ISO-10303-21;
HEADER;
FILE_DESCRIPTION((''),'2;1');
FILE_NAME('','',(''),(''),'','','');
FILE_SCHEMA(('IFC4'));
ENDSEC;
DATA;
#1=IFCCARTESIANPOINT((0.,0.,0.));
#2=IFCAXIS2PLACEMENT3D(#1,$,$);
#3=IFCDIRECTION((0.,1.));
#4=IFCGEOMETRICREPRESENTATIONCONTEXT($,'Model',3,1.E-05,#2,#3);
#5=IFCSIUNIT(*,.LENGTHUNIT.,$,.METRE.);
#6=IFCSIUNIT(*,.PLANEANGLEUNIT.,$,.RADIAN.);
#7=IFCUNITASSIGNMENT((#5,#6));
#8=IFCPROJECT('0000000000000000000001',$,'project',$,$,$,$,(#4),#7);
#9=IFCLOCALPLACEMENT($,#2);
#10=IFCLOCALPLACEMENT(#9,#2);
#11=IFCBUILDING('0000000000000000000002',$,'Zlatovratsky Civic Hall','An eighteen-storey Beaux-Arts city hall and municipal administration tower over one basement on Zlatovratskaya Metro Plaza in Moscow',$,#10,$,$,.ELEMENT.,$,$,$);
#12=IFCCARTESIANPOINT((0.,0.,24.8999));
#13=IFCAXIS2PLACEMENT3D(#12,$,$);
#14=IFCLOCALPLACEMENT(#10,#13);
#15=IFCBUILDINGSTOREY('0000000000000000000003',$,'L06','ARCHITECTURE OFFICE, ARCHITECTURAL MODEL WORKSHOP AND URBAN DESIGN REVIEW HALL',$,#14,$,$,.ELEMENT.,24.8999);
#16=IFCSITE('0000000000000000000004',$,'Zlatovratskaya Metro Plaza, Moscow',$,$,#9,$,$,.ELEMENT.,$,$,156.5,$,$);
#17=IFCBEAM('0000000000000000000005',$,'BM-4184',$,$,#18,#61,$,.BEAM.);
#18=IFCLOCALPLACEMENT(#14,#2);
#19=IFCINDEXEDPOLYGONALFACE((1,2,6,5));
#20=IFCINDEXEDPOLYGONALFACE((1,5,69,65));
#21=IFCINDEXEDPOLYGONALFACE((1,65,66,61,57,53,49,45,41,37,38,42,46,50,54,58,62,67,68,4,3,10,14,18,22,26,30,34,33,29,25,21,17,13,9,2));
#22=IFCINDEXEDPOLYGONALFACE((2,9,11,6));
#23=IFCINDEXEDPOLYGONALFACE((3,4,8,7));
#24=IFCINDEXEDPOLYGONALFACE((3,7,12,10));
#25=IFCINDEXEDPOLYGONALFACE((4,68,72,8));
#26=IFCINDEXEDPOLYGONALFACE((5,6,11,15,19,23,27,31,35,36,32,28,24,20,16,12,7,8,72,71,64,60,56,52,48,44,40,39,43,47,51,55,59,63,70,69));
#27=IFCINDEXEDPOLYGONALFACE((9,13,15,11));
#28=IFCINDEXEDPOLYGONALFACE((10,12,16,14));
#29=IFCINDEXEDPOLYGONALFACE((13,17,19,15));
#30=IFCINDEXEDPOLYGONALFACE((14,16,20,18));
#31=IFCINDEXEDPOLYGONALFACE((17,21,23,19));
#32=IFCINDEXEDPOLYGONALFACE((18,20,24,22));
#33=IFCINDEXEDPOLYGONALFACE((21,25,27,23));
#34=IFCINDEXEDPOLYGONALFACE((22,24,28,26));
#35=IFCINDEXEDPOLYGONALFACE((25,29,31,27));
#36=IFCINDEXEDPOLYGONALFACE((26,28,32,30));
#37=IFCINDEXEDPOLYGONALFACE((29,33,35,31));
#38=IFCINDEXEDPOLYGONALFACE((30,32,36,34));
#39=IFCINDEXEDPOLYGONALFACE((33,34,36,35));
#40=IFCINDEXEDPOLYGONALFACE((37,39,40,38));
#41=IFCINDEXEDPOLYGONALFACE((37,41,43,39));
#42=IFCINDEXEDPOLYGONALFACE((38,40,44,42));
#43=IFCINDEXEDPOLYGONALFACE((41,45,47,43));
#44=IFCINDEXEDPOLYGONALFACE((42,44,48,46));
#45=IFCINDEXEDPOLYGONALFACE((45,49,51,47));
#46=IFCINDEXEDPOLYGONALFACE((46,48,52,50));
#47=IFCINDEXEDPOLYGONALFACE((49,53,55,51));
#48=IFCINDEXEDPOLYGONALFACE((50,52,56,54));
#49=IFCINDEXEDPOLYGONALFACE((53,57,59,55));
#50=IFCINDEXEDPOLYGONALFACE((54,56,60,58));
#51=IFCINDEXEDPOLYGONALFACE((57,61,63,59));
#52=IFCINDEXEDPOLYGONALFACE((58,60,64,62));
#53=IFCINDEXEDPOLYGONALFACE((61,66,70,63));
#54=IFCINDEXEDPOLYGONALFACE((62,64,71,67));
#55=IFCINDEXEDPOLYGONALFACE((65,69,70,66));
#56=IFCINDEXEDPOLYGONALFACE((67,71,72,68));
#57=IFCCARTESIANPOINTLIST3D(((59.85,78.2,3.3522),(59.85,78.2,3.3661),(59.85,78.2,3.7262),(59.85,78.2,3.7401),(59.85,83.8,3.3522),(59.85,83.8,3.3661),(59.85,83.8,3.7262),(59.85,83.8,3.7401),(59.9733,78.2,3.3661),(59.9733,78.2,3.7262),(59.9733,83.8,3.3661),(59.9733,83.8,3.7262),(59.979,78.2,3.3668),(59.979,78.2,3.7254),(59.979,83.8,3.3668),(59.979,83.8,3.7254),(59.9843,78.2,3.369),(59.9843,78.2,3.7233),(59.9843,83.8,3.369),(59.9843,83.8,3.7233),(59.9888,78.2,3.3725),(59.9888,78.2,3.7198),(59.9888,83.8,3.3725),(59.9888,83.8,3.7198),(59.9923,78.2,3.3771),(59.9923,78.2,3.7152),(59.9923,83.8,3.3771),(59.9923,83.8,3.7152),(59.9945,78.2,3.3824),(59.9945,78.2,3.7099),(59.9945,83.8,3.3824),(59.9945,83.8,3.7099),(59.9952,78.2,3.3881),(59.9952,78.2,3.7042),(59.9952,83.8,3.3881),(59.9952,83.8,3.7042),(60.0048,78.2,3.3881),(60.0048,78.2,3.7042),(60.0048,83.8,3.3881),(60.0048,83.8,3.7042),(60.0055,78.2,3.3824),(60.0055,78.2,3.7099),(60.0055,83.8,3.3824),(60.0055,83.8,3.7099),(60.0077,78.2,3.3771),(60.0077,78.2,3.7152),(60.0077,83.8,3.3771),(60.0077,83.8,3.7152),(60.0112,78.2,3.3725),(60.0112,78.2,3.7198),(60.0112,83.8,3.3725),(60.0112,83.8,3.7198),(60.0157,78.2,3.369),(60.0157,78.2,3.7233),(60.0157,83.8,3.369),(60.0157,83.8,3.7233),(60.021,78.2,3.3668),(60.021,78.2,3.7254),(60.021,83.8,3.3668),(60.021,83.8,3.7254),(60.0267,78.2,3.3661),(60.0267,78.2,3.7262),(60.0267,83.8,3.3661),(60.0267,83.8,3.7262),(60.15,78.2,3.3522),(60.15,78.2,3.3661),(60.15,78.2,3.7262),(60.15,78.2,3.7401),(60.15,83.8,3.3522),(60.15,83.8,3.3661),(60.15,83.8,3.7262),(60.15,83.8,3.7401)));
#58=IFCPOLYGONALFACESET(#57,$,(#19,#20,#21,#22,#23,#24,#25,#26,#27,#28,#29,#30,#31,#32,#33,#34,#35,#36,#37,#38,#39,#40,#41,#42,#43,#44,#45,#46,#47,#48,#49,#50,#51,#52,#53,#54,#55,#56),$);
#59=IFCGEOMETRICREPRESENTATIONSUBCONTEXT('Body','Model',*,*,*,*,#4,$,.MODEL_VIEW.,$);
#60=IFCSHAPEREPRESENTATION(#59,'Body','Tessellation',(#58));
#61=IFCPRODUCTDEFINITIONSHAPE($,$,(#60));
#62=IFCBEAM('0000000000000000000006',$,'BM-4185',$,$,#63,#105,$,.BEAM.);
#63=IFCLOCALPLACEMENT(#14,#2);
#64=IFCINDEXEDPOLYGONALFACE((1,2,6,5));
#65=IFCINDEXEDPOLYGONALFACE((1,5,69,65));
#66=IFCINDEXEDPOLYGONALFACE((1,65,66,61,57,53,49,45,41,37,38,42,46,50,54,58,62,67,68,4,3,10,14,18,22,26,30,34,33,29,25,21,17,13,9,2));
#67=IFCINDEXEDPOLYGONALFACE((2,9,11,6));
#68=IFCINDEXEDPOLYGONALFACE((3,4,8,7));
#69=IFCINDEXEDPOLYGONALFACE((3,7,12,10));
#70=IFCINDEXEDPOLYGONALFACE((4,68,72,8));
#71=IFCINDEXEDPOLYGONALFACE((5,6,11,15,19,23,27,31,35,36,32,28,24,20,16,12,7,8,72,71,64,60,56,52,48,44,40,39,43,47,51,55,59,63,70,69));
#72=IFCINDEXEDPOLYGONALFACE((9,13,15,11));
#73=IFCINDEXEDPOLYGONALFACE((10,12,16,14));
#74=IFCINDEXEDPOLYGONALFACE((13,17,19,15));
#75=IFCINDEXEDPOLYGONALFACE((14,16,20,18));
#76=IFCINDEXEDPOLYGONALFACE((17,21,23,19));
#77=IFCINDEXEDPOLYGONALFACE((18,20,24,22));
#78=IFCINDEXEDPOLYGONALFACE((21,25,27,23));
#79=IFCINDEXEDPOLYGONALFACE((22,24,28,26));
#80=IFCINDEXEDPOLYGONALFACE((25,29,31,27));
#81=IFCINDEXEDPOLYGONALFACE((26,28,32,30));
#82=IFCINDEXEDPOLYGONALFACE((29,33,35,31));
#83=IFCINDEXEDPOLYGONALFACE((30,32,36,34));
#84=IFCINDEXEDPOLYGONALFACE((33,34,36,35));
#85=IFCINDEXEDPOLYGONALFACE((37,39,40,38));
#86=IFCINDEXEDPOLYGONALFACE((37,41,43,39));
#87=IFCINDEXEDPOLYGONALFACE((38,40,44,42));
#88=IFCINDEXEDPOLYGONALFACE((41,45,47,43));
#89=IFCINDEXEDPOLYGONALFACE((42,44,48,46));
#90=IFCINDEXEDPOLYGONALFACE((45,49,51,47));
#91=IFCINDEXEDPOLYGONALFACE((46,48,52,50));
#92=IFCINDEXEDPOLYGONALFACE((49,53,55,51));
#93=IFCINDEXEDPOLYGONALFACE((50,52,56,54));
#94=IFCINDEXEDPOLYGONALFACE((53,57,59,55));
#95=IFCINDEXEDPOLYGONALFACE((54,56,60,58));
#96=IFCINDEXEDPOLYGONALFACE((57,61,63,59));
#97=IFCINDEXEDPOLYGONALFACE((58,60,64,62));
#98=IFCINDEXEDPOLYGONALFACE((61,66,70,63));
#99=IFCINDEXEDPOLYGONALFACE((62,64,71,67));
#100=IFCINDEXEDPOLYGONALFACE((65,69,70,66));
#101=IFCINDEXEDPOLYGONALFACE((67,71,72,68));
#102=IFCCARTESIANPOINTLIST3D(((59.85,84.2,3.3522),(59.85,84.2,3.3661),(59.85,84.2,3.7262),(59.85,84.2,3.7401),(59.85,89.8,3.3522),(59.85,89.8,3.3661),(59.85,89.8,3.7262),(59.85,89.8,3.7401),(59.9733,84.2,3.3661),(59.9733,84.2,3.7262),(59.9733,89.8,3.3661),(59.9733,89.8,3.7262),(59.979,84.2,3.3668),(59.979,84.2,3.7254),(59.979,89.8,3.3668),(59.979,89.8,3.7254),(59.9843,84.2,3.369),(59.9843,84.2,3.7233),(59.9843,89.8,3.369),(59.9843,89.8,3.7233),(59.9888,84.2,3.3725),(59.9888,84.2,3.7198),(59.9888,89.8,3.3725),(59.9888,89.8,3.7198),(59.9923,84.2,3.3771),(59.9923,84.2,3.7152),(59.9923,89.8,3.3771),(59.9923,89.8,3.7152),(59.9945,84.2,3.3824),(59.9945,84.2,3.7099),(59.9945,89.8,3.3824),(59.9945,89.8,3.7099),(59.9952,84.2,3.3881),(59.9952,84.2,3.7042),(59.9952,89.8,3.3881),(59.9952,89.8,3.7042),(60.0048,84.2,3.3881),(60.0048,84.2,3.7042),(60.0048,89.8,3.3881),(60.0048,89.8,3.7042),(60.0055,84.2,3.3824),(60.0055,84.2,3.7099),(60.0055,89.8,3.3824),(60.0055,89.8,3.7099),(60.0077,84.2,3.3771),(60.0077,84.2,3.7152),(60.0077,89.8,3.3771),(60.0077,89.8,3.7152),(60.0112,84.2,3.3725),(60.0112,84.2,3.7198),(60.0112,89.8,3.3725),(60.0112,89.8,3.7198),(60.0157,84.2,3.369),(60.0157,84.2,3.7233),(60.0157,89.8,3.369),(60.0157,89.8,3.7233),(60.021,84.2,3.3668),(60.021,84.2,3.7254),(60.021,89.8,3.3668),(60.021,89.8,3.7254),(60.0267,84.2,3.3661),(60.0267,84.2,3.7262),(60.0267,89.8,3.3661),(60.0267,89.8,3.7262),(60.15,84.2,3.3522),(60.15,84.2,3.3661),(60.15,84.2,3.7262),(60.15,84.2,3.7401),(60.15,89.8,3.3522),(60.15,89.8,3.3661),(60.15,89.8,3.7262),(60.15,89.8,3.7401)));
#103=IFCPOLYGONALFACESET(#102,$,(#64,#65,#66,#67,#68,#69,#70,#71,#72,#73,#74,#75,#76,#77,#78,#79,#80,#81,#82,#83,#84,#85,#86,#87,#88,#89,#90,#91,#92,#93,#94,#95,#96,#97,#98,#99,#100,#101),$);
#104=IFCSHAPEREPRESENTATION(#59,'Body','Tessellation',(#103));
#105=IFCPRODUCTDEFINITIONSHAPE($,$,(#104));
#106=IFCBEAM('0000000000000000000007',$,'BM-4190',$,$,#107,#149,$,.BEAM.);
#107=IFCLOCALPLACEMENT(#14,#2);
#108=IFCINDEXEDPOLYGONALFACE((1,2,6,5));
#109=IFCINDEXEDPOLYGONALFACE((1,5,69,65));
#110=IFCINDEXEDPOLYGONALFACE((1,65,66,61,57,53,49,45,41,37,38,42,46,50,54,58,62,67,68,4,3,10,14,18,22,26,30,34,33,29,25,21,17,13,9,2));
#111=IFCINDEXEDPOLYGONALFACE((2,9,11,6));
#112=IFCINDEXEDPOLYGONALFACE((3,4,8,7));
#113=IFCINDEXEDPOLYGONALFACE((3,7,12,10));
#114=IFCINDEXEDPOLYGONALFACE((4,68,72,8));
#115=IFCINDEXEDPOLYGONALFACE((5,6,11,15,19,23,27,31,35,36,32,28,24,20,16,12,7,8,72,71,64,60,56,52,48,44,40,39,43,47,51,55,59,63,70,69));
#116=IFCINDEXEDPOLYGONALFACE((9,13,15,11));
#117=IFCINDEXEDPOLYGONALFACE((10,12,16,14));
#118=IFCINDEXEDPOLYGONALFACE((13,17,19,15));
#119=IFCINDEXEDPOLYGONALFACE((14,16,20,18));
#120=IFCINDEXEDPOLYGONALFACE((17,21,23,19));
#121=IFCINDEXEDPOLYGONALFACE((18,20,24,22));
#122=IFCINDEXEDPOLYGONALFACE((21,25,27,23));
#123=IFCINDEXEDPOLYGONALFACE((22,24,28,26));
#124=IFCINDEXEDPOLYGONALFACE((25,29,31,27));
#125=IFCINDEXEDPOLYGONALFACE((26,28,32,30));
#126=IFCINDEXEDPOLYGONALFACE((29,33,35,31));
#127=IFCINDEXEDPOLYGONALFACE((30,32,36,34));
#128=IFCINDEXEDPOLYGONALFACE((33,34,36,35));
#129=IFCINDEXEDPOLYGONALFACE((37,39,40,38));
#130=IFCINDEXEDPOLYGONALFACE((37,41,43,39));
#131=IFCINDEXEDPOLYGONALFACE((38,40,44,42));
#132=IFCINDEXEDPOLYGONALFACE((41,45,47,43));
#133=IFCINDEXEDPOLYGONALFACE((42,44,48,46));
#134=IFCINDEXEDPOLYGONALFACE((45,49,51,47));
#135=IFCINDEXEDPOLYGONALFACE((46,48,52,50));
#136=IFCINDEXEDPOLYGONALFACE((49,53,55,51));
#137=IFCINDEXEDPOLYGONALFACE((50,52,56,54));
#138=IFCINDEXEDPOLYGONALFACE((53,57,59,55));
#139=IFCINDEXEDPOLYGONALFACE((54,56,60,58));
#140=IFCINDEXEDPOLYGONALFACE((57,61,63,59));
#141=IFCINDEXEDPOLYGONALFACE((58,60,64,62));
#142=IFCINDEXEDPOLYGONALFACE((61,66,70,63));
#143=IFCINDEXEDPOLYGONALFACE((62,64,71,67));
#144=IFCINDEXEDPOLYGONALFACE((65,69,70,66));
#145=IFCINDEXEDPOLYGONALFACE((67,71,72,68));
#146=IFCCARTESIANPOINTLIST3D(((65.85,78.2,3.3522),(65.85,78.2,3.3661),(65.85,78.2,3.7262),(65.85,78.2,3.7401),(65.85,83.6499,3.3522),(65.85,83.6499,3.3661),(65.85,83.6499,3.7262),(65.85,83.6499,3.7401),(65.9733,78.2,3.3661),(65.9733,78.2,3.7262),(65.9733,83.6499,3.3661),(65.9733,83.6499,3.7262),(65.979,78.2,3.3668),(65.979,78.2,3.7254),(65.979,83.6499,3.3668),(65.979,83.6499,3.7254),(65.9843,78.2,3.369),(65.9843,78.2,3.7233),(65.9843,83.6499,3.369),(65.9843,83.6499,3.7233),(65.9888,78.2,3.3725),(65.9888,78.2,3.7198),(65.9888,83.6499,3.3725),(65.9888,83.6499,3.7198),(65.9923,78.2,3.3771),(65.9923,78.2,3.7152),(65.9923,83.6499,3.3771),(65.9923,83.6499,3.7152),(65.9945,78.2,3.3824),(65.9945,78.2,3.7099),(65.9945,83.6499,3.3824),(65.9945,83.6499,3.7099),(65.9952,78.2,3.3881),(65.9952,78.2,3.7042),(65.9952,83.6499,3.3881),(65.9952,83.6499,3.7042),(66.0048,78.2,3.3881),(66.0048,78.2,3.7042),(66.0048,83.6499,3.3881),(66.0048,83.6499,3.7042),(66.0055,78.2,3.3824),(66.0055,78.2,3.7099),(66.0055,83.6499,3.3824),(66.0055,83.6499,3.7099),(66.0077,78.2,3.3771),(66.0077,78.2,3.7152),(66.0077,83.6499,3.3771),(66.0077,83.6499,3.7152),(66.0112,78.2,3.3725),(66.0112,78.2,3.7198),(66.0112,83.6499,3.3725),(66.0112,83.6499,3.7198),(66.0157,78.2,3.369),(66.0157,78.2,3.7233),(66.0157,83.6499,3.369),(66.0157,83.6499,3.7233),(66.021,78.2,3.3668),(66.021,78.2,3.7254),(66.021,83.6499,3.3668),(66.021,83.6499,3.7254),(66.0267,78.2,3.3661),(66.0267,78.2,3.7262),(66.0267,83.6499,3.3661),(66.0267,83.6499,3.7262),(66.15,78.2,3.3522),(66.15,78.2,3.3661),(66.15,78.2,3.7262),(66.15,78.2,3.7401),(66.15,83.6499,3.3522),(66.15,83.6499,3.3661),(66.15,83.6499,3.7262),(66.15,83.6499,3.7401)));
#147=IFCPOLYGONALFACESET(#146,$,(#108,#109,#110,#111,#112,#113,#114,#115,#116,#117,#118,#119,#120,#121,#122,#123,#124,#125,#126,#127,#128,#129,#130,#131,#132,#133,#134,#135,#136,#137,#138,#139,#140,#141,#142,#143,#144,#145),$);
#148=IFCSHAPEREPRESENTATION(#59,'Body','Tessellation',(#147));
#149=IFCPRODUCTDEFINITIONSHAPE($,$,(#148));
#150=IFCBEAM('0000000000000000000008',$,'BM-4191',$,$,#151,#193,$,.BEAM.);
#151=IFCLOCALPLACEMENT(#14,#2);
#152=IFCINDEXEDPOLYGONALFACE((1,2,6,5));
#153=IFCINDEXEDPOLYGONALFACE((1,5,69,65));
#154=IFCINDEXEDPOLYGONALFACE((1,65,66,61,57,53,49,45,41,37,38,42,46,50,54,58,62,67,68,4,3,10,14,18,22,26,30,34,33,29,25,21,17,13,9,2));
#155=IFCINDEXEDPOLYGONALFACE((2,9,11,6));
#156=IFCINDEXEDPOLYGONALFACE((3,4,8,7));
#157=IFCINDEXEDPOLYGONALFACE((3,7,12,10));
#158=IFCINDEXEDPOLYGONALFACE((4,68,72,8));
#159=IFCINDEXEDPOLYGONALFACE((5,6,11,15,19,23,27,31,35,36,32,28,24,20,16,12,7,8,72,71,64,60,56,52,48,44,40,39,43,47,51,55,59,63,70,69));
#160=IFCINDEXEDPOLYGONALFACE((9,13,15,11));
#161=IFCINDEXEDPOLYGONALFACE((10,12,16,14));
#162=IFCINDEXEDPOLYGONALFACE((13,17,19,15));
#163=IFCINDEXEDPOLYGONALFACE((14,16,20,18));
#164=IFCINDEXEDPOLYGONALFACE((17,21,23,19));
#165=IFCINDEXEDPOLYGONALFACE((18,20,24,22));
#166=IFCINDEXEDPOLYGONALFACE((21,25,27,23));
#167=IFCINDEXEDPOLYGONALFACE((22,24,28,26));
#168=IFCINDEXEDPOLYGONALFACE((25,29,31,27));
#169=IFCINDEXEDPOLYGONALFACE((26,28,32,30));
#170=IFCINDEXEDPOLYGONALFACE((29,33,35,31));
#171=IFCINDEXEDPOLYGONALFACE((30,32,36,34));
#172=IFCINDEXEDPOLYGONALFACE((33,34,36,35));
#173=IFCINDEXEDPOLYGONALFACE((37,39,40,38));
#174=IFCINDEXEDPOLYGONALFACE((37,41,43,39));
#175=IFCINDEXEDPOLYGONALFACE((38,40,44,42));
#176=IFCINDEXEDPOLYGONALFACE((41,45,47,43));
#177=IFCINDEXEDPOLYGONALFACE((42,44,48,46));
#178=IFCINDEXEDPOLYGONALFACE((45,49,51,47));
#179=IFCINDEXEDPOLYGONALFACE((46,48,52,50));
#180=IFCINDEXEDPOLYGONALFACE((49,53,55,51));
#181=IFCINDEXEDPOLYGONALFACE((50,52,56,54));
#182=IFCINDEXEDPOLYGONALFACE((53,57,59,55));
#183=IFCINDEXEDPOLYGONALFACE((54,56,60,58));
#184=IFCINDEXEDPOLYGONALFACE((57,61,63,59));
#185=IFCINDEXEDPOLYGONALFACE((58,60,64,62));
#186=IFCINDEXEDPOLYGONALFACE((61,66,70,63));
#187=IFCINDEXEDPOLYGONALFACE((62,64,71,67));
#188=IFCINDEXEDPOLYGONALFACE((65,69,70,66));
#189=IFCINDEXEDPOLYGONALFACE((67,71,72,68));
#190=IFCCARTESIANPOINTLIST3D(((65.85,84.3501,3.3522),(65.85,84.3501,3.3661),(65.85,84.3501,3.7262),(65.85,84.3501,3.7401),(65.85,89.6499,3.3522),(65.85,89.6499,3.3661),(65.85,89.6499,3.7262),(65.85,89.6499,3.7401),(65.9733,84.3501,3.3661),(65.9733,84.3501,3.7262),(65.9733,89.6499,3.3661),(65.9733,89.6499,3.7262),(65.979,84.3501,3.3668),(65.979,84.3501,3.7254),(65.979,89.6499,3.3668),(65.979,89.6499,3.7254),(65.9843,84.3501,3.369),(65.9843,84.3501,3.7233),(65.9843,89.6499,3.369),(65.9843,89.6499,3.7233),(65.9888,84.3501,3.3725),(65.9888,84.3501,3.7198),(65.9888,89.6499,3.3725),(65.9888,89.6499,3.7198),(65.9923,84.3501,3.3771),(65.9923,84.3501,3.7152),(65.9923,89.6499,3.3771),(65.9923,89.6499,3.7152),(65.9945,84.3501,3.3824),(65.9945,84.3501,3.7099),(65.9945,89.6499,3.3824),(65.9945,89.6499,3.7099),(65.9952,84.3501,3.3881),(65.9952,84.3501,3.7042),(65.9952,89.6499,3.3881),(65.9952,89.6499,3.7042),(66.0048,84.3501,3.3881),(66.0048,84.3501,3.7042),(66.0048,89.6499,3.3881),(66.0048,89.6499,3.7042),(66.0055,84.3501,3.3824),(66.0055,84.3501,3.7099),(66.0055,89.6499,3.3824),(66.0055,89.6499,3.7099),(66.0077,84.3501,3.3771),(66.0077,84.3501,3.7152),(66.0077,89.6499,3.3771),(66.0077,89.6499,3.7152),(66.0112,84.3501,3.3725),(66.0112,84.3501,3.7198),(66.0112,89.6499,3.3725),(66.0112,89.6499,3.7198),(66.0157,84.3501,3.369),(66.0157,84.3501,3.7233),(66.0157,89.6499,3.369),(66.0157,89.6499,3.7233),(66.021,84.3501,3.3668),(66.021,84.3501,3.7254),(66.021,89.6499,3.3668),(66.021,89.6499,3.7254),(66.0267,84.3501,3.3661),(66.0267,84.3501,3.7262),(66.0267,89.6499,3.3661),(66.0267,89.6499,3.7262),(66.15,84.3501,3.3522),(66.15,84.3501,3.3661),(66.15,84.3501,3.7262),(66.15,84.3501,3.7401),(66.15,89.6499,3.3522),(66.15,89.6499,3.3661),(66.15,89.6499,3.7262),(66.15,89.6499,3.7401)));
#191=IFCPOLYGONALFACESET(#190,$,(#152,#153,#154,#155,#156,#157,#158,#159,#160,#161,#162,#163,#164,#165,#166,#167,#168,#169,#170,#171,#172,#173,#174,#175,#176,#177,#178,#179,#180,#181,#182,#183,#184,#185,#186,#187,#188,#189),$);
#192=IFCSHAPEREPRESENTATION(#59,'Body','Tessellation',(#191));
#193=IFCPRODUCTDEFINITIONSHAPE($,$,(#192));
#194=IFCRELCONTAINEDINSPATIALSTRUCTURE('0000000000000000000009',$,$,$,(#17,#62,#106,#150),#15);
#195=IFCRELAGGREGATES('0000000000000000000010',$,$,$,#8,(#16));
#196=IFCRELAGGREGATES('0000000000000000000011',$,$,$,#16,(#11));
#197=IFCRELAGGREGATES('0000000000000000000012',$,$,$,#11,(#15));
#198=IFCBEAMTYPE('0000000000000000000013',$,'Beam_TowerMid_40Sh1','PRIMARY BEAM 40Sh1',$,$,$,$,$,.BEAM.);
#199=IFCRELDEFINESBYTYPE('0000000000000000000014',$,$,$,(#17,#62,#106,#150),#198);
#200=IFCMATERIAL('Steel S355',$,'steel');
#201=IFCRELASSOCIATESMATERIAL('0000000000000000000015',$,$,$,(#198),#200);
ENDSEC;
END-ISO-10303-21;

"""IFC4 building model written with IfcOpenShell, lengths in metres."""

from ifc_helpers import new_model, si_unit, direction, frame, origin, origin_2d, place, context, subcontext, project, spatial, i_section, extrude, material, material_profile, profile_set, type_object, element, save


model = new_model("IFC4")

# Units and contexts
model_context = context("Model", 3, precision=1e-05, world=origin(), true_north=direction((0.0, 1.0)))
body_context = subcontext(model_context, "Body", "Model", "MODEL_VIEW")
ifc_project = project(units=[si_unit("LENGTHUNIT", "METRE"), si_unit("PLANEANGLEUNIT", "RADIAN")], contexts=[model_context])

# Site, building, storey
site_placement = place(None, origin())
site = spatial("IfcSite", under=ifc_project, at=site_placement, Name="Zlatovratskaya Metro Plaza, Moscow", CompositionType="ELEMENT", RefElevation=156.5)
building_placement = place(site_placement, origin())
building = spatial("IfcBuilding", under=site, at=building_placement, Name="Zlatovratsky Civic Hall", Description="An eighteen-storey Beaux-Arts city hall and municipal administration tower over one basement on Zlatovratskaya Metro Plaza in Moscow", CompositionType="ELEMENT")
storey_placement = place(building_placement, frame((0.0, 0.0, 24.8999)))
storey = spatial("IfcBuildingStorey", under=building, at=storey_placement, Name="L06", Description="ARCHITECTURE OFFICE, ARCHITECTURAL MODEL WORKSHOP AND URBAN DESIGN REVIEW HALL", CompositionType="ELEMENT", Elevation=24.8999)

# Shared definitions
ifc_material_1 = material(Name="Steel S355", Category="steel")

# Beams
ifc_material_profile_1 = material_profile(ifc_material_1, i_section(OverallWidth=0.3, OverallDepth=0.3879, WebThickness=0.0095, FlangeThickness=0.0139, FilletRadius=0.022, at=origin_2d()), Name="40Sh1")
ifc_profile_set_1 = profile_set([ifc_material_profile_1], Name="Steel S355")
beam_type_1 = type_object("IfcBeamType", Name="Beam_TowerMid_40Sh1", Description="PRIMARY BEAM 40Sh1", PredefinedType="BEAM", material=ifc_profile_set_1)
for number, where, z_axis, x_axis, name in (
    (1, (60.0, 78.2, 3.5461), (0.0, 1.0, 0.0), (-1.0, 0.0, 0.0), "BM-4184"),
    (2, (60.0, 84.2, 3.5461), (0.0, 1.0, 0.0), (-1.0, 0.0, 0.0), "BM-4185"),
):
    element("IfcBeam", number, at=place(storey_placement, frame(where, z_axis=z_axis, x_axis=x_axis)), inside=storey, type_object=beam_type_1, Name=name, PredefinedType="BEAM", context=body_context, shape_type="SweptSolid", body=[
        extrude(i_section(OverallWidth=0.3, OverallDepth=0.3879, WebThickness=0.0095, FlangeThickness=0.0139, FilletRadius=0.022, at=origin_2d()), origin(), (0.0, 0.0, 1.0), 5.6001),
    ])
beam_1_placement = place(storey_placement, frame((66.0, 78.2, 3.5461), z_axis=(0.0, 1.0, 0.0), x_axis=(-1.0, 0.0, 0.0)))
element("IfcBeam", 3, at=beam_1_placement, inside=storey, type_object=beam_type_1, Name="BM-4190", PredefinedType="BEAM", context=body_context, shape_type="SweptSolid", body=[
    extrude(i_section(OverallWidth=0.3, OverallDepth=0.3879, WebThickness=0.0095, FlangeThickness=0.0139, FilletRadius=0.022, at=origin_2d()), origin(), (0.0, 0.0, 1.0), 5.45),
])
beam_2_placement = place(storey_placement, frame((66.0, 84.3501, 3.5461), z_axis=(0.0, 1.0, 0.0), x_axis=(-1.0, 0.0, 0.0)))
element("IfcBeam", 4, at=beam_2_placement, inside=storey, type_object=beam_type_1, Name="BM-4191", PredefinedType="BEAM", context=body_context, shape_type="SweptSolid", body=[
    extrude(i_section(OverallWidth=0.3, OverallDepth=0.3879, WebThickness=0.0095, FlangeThickness=0.0139, FilletRadius=0.022, at=origin_2d()), origin(), (0.0, 0.0, 1.0), 5.2998),
])

save(model, "model.ifc")
